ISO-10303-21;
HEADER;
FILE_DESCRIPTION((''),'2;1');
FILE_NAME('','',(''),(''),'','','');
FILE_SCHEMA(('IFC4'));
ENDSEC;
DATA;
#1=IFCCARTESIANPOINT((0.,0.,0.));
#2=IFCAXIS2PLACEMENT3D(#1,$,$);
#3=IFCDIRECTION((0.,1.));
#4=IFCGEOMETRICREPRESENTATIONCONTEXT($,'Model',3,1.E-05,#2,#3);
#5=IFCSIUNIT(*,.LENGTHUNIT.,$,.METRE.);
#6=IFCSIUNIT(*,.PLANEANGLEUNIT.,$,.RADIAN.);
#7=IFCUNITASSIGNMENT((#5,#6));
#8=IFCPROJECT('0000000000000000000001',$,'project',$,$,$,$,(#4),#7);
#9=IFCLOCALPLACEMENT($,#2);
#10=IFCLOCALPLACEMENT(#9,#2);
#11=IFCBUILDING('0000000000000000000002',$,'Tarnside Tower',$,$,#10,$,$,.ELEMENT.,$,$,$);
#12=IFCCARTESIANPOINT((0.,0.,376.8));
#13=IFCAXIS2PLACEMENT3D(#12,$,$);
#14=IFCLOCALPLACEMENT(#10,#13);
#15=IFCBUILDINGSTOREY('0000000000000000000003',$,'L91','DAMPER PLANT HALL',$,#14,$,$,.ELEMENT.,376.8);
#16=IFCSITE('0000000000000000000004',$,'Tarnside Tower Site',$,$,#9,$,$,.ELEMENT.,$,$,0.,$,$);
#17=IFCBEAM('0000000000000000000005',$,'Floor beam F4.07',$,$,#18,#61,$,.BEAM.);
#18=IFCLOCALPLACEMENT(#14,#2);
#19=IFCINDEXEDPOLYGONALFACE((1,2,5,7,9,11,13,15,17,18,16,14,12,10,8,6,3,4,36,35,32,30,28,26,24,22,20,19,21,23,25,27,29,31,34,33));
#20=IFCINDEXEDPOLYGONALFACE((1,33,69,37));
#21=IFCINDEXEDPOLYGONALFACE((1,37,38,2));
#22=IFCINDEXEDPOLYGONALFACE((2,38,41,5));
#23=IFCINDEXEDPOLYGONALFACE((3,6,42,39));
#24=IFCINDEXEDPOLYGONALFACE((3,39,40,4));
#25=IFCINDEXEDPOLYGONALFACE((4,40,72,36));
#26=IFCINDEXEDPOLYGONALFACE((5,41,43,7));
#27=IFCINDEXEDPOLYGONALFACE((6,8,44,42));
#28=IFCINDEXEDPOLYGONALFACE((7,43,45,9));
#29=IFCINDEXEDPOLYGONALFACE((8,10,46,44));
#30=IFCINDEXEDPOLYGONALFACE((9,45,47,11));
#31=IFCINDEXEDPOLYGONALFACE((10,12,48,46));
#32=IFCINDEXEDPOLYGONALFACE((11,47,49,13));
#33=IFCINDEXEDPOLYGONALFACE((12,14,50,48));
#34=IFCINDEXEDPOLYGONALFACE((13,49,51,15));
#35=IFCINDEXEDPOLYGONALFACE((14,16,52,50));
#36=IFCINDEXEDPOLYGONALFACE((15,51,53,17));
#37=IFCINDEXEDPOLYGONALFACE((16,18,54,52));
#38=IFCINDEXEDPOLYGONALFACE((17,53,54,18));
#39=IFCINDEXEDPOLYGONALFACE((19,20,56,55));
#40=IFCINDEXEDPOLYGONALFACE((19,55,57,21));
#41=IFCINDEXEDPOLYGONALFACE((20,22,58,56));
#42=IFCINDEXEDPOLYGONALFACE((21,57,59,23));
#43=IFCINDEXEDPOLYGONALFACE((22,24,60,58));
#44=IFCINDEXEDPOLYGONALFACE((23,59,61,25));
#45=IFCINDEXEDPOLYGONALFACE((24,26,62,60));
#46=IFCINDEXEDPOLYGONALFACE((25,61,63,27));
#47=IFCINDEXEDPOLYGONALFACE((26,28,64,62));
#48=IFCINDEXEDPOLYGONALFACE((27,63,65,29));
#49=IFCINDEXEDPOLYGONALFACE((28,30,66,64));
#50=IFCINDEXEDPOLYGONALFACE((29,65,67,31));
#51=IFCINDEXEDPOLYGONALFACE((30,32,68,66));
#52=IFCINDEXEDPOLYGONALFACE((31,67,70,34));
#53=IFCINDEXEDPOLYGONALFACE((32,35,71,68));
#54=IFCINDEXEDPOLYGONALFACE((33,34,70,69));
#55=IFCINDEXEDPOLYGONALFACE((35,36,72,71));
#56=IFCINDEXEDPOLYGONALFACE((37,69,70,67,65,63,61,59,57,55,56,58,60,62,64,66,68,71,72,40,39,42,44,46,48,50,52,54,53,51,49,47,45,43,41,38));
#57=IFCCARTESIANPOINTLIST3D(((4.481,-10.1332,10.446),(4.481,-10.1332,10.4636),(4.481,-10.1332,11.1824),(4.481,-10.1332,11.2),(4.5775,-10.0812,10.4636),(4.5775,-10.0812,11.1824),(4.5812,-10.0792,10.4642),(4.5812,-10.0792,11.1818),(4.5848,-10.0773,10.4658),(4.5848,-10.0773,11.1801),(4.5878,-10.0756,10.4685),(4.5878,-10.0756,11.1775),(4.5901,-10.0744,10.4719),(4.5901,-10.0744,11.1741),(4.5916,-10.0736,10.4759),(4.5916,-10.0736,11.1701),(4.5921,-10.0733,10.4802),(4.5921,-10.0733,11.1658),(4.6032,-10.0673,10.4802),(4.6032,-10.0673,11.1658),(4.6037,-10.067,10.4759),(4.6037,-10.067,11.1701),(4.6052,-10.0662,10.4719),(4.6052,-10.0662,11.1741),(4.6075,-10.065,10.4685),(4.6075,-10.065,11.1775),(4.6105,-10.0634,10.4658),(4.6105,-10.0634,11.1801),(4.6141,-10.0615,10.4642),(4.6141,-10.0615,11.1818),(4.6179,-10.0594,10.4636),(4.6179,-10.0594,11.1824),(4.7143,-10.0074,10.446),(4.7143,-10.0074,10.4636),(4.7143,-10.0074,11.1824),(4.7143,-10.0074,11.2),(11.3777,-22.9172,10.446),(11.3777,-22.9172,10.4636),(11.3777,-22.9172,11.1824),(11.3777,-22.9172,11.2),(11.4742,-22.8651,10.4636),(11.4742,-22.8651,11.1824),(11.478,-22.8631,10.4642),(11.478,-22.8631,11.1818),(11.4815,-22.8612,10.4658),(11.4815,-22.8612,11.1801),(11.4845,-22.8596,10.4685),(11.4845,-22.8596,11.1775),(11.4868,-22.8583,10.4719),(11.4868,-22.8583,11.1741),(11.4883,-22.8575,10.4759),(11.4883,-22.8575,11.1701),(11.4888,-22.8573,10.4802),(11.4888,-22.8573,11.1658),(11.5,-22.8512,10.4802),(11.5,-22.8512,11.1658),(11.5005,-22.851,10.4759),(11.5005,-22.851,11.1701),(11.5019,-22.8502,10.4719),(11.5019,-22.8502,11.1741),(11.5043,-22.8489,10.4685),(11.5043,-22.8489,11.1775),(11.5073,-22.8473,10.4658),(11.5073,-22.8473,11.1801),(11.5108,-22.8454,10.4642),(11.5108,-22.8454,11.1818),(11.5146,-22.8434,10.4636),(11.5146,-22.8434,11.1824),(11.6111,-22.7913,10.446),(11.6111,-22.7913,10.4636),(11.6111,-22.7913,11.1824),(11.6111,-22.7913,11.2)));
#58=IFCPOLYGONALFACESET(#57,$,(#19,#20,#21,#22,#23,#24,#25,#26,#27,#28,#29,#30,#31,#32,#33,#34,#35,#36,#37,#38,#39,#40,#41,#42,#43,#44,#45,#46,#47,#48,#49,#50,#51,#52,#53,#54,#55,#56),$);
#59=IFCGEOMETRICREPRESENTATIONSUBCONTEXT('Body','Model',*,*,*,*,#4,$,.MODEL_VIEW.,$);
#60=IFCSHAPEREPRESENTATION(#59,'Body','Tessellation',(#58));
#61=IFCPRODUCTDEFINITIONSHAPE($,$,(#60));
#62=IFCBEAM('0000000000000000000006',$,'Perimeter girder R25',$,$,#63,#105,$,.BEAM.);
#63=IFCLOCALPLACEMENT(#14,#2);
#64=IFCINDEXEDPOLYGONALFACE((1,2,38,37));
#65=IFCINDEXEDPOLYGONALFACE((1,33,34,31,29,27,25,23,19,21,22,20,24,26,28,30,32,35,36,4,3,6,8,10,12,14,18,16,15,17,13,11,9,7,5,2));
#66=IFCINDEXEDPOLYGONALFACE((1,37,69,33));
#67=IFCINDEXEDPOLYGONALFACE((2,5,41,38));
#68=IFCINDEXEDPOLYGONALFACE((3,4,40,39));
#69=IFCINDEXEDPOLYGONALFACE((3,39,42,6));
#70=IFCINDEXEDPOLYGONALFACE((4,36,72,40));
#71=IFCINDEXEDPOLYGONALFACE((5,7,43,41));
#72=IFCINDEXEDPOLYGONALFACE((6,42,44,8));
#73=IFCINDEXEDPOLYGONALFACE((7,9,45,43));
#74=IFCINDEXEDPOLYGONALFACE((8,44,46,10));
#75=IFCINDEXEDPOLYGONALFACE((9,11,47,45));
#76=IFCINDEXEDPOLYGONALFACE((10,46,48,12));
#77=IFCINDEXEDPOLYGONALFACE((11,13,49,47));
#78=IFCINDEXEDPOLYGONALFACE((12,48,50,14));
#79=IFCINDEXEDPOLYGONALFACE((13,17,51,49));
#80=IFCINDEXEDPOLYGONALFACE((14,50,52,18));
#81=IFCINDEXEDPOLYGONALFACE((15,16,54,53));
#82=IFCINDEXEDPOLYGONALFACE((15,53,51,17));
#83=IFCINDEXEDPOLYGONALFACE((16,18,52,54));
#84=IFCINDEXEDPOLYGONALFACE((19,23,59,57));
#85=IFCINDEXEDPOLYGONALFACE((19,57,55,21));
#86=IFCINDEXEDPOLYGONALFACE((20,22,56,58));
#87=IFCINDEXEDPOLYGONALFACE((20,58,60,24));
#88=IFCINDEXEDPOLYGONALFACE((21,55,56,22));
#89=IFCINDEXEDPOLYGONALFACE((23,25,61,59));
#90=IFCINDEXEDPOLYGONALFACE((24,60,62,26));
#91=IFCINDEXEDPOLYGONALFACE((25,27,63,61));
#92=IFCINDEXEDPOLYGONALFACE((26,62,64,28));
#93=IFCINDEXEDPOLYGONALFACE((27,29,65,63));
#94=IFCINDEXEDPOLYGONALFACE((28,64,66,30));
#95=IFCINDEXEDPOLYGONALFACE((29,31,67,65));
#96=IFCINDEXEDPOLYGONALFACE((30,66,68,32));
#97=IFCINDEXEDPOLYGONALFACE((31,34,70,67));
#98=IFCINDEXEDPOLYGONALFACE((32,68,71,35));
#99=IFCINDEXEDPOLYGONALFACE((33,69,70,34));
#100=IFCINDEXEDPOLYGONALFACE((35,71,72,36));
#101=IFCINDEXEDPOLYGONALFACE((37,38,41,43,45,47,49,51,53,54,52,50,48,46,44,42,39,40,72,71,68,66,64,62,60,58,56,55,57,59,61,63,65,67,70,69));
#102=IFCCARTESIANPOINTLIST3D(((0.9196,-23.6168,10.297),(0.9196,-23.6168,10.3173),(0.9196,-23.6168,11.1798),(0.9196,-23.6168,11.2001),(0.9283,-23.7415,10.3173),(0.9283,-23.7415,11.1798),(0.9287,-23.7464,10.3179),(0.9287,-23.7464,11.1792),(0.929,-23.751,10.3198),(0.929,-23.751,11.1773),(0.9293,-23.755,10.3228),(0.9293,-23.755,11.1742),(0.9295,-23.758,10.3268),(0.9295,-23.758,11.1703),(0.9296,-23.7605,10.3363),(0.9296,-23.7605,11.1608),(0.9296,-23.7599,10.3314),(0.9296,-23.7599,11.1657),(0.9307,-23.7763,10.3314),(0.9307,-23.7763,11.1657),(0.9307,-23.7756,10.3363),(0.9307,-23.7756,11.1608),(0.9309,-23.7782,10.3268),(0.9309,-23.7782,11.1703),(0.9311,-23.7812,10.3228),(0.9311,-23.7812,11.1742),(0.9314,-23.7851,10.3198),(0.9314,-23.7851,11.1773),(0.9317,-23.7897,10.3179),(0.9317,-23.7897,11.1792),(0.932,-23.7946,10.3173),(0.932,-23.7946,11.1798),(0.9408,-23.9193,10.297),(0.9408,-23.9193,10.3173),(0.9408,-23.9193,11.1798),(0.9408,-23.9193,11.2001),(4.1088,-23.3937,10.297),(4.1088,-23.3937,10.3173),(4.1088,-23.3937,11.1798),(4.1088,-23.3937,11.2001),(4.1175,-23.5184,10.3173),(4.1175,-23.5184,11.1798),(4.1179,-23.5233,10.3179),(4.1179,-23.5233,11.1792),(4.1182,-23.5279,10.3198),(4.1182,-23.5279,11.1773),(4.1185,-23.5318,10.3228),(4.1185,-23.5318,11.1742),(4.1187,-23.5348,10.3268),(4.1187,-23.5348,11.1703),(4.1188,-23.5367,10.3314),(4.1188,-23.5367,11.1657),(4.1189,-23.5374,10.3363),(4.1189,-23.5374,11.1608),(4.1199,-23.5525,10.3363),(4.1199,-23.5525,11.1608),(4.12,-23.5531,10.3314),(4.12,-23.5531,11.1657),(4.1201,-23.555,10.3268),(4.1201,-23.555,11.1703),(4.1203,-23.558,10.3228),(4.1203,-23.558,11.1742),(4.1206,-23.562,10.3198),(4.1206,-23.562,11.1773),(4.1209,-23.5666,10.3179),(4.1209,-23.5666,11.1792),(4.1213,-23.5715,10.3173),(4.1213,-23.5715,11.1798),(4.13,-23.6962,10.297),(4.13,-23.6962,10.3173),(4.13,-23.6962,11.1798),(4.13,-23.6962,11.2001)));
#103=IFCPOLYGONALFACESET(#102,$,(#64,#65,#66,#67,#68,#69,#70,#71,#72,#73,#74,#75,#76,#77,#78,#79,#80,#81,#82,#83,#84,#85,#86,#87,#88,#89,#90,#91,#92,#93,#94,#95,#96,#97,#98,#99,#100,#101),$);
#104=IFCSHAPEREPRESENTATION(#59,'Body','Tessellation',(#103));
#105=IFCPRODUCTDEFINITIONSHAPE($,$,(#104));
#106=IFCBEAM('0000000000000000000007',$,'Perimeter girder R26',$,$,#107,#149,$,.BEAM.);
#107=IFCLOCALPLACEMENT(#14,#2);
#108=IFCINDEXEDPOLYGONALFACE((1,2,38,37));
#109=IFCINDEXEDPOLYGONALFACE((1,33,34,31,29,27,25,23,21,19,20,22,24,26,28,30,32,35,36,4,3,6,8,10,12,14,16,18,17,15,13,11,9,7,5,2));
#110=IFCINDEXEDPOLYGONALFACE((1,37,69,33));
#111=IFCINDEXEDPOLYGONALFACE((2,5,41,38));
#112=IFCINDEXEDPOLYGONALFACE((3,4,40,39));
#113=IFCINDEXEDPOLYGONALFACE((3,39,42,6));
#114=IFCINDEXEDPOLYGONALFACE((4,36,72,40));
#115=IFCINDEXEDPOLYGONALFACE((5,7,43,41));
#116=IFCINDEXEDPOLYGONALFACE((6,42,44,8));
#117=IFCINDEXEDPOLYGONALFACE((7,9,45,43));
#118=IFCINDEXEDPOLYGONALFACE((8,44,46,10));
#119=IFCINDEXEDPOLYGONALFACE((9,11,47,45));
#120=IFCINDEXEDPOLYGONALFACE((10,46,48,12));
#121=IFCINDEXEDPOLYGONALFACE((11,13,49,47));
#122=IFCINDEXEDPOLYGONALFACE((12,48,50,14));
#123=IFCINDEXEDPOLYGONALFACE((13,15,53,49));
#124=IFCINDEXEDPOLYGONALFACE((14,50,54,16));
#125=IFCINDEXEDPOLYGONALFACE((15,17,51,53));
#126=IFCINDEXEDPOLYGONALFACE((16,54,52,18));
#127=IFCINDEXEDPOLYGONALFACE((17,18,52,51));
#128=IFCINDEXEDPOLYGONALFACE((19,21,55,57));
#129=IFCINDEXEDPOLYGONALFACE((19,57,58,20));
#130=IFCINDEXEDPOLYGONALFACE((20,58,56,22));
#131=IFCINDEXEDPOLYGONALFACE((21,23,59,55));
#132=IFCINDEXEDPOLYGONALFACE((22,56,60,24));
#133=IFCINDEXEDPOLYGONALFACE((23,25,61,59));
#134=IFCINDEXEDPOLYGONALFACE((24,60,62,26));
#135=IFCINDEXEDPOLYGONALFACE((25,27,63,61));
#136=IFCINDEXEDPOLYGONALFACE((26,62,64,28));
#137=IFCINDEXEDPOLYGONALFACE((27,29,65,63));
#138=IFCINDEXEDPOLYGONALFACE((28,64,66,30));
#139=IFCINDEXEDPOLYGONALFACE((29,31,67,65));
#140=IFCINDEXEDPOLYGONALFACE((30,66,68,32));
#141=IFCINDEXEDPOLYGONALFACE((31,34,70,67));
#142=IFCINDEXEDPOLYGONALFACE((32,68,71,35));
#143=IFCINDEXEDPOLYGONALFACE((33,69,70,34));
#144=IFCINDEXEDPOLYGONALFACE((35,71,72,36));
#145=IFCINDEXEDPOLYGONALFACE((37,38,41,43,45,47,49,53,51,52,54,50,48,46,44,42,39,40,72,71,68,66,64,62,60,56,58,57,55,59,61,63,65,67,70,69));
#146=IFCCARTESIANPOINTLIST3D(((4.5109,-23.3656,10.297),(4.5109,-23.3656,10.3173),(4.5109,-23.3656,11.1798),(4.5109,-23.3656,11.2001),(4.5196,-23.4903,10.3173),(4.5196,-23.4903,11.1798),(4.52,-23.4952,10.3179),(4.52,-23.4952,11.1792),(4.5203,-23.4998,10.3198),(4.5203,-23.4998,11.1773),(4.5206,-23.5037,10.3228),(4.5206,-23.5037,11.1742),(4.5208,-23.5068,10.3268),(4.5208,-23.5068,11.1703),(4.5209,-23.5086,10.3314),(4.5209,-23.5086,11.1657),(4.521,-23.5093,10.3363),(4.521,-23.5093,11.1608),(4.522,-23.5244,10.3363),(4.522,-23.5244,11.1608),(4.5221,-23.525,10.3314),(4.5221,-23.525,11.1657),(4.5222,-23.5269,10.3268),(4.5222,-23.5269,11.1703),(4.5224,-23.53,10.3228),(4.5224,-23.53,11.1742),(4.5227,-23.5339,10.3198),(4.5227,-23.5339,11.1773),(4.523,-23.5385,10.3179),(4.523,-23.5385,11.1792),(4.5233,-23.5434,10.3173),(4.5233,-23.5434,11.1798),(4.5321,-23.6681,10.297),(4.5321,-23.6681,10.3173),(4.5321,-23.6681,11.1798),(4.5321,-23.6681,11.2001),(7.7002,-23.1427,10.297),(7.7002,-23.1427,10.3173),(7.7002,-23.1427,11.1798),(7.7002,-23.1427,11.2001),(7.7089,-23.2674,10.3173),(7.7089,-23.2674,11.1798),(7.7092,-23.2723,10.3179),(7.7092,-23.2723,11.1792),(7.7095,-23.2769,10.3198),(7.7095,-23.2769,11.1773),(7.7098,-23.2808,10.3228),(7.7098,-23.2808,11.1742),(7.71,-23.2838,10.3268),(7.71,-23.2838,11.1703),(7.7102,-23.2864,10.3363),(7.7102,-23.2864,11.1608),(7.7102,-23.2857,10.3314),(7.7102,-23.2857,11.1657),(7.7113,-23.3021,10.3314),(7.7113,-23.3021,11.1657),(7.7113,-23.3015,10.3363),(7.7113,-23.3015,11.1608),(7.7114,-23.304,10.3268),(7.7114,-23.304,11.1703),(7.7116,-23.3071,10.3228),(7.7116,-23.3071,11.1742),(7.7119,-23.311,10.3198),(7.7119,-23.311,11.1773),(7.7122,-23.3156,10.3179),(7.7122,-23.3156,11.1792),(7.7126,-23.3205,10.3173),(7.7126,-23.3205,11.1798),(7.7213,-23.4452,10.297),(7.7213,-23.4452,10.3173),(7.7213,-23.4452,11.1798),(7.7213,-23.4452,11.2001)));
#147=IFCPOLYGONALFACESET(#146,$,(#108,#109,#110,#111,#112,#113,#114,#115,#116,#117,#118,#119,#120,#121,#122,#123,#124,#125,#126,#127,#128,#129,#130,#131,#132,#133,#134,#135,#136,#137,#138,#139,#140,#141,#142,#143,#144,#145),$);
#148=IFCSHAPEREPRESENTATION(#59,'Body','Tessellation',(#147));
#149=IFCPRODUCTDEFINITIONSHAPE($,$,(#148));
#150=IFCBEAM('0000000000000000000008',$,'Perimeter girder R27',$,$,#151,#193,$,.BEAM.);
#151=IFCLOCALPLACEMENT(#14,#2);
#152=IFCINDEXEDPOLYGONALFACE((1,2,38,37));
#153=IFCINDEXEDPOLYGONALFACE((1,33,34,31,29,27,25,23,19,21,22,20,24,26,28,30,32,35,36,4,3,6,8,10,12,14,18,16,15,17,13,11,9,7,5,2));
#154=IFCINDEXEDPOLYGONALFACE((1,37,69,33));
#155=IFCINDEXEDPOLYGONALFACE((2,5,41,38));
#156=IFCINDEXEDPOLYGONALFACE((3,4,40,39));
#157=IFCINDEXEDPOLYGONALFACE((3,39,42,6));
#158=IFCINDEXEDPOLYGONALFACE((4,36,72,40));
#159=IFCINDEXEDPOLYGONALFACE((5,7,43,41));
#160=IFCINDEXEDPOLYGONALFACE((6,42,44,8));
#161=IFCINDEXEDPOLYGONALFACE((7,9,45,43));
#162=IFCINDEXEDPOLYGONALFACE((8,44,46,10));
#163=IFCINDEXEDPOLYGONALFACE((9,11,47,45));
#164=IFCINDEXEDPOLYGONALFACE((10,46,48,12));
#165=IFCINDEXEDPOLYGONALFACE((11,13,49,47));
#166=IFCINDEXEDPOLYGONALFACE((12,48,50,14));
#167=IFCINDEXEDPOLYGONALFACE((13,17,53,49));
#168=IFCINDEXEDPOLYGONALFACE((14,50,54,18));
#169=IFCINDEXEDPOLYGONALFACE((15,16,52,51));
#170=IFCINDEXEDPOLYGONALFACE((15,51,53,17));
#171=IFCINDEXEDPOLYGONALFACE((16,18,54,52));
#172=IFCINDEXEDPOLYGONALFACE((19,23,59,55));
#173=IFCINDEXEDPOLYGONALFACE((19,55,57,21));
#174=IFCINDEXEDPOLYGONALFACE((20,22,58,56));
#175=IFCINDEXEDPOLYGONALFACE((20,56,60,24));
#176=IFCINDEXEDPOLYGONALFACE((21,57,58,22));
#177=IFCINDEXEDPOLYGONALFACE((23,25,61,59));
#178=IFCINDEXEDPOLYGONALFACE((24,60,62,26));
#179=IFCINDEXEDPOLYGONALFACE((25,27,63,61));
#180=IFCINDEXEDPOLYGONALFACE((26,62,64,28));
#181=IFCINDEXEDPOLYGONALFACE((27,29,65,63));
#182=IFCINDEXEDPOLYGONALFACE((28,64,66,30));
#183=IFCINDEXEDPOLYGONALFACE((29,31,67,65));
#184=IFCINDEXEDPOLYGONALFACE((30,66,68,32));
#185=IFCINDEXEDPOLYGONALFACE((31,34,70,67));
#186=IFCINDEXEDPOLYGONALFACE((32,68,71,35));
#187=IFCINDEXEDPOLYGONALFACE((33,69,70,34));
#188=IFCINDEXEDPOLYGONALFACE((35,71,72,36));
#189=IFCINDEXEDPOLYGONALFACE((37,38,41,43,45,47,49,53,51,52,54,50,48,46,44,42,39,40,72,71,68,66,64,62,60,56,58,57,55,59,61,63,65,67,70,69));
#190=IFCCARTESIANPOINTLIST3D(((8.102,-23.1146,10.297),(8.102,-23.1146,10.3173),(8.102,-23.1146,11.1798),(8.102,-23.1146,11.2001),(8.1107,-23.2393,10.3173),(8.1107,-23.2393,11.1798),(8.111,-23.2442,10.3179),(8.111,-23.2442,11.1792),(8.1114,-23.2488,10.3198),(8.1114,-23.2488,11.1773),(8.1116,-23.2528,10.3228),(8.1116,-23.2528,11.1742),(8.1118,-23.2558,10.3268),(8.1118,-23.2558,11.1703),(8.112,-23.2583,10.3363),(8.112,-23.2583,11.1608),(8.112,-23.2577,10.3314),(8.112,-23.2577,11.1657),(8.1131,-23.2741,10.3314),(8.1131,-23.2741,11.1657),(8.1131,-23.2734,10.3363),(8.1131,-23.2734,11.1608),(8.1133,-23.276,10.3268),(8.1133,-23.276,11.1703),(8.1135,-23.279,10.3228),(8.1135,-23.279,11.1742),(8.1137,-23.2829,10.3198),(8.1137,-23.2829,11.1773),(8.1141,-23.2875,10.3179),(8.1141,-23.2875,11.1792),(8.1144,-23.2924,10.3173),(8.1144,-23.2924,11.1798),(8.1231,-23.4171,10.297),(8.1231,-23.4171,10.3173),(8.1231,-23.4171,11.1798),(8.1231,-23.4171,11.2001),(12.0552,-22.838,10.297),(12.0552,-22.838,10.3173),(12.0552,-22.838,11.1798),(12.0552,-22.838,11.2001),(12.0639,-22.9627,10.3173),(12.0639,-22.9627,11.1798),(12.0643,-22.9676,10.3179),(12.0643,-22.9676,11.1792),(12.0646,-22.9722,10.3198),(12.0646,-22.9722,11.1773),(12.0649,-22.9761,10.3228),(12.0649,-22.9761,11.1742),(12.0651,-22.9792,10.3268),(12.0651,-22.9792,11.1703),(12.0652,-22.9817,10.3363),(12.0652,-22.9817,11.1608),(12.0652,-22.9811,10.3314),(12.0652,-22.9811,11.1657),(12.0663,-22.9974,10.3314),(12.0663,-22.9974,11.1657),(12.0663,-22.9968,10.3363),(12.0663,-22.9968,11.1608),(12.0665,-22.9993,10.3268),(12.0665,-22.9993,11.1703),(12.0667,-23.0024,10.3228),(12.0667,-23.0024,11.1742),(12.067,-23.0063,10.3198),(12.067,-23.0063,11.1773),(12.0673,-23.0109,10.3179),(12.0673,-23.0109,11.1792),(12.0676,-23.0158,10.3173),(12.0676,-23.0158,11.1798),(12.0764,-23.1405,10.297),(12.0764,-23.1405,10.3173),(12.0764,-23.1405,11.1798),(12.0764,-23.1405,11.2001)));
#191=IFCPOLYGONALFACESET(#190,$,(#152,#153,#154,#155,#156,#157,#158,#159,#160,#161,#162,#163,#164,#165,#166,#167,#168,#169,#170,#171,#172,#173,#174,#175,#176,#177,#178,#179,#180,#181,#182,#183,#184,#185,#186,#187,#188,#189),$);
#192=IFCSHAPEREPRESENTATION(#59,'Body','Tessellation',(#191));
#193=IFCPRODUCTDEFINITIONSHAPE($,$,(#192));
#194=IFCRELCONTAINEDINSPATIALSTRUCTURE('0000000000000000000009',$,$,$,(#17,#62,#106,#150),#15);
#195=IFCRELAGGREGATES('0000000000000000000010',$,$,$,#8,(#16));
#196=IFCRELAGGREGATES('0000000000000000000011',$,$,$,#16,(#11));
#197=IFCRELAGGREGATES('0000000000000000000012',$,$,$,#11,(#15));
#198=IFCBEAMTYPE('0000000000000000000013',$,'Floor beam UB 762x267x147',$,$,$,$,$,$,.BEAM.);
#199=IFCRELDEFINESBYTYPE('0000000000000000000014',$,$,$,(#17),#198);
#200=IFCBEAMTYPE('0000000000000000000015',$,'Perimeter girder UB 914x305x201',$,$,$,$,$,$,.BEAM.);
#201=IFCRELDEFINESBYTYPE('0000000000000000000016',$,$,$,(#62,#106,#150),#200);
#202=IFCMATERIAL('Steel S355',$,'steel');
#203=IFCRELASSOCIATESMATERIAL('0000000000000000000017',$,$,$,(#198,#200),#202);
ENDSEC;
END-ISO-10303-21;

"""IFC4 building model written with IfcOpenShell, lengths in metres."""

from ifc_helpers import new_model, si_unit, direction, frame, origin, origin_2d, place, context, subcontext, project, spatial, i_section, extrude, material, material_profile, profile_set, type_object, element, save


model = new_model("IFC4")

# Units and contexts
model_context = context("Model", 3, precision=1e-05, world=origin(), true_north=direction((0.0, 1.0)))
body_context = subcontext(model_context, "Body", "Model", "MODEL_VIEW")
ifc_project = project(units=[si_unit("LENGTHUNIT", "METRE"), si_unit("PLANEANGLEUNIT", "RADIAN")], contexts=[model_context])

# Site, building, storey
site_placement = place(None, origin())
site = spatial("IfcSite", under=ifc_project, at=site_placement, Name="Tarnside Tower Site", CompositionType="ELEMENT", RefElevation=0.0)
building_placement = place(site_placement, origin())
building = spatial("IfcBuilding", under=site, at=building_placement, Name="Tarnside Tower", CompositionType="ELEMENT")
storey_placement = place(building_placement, frame((0.0, 0.0, 376.8)))
storey = spatial("IfcBuildingStorey", under=building, at=storey_placement, Name="L91", Description="DAMPER PLANT HALL", CompositionType="ELEMENT", Elevation=376.8)

# Shared definitions
ifc_material_1 = material(Name="Steel S355", Category="steel")

# Beams
ifc_material_profile_1 = material_profile(ifc_material_1, i_section(OverallWidth=0.2651, OverallDepth=0.7539, WebThickness=0.0127, FlangeThickness=0.0176, FilletRadius=0.0166, at=origin_2d()), Name="UB 762x267x147")
ifc_profile_set_1 = profile_set([ifc_material_profile_1], Name="Steel S355")
beam_type_1 = type_object("IfcBeamType", Name="Floor beam UB 762x267x147", PredefinedType="BEAM", material=ifc_profile_set_1)
beam_1_placement = place(storey_placement, frame((11.4944, -22.8542, 10.823), z_axis=(-0.474797, 0.880095, 0.0), x_axis=(-0.880095, -0.474797, 0.0)))
element("IfcBeam", 1, at=beam_1_placement, inside=storey, type_object=beam_type_1, Name="Floor beam F4.07", PredefinedType="BEAM", context=body_context, shape_type="SweptSolid", body=[
    extrude(i_section(OverallWidth=0.2651, OverallDepth=0.7539, WebThickness=0.0127, FlangeThickness=0.0176, FilletRadius=0.0166, at=origin_2d()), origin(), (0.0, 0.0, 1.0), 14.5256),
])
ifc_material_profile_2 = material_profile(ifc_material_1, i_section(OverallWidth=0.3032, OverallDepth=0.9031, WebThickness=0.0151, FlangeThickness=0.0203, FilletRadius=0.019, at=origin_2d()), Name="UB 914x305x201")
ifc_profile_set_2 = profile_set([ifc_material_profile_2], Name="Steel S355")
beam_type_2 = type_object("IfcBeamType", Name="Perimeter girder UB 914x305x201", PredefinedType="BEAM", material=ifc_profile_set_2)
for number, where, z_axis, x_axis, name in (
    (2, (0.9302, -23.7681, 10.7485), (0.997561, 0.069798, 0.0), (-0.069798, 0.997561, 0.0), "Perimeter girder R25"),
    (3, (4.5215, -23.5168, 10.7485), (0.997566, 0.069722, 0.0), (-0.069722, 0.997566, 0.0), "Perimeter girder R26"),
):
    element("IfcBeam", number, at=place(storey_placement, frame(where, z_axis=z_axis, x_axis=x_axis)), inside=storey, type_object=beam_type_2, Name=name, PredefinedType="BEAM", context=body_context, shape_type="SweptSolid", body=[
        extrude(i_section(OverallWidth=0.3032, OverallDepth=0.9031, WebThickness=0.0151, FlangeThickness=0.0203, FilletRadius=0.019, at=origin_2d()), origin(), (0.0, 0.0, 1.0), 3.197),
    ])
beam_2_placement = place(storey_placement, frame((8.1125, -23.2659, 10.7485), z_axis=(0.997561, 0.069802, 0.0), x_axis=(-0.069802, 0.997561, 0.0)))
element("IfcBeam", 4, at=beam_2_placement, inside=storey, type_object=beam_type_2, Name="Perimeter girder R27", PredefinedType="BEAM", context=body_context, shape_type="SweptSolid", body=[
    extrude(i_section(OverallWidth=0.3032, OverallDepth=0.9031, WebThickness=0.0151, FlangeThickness=0.0203, FilletRadius=0.019, at=origin_2d()), origin(), (0.0, 0.0, 1.0), 3.9629),
])

save(model, "model.ifc")
